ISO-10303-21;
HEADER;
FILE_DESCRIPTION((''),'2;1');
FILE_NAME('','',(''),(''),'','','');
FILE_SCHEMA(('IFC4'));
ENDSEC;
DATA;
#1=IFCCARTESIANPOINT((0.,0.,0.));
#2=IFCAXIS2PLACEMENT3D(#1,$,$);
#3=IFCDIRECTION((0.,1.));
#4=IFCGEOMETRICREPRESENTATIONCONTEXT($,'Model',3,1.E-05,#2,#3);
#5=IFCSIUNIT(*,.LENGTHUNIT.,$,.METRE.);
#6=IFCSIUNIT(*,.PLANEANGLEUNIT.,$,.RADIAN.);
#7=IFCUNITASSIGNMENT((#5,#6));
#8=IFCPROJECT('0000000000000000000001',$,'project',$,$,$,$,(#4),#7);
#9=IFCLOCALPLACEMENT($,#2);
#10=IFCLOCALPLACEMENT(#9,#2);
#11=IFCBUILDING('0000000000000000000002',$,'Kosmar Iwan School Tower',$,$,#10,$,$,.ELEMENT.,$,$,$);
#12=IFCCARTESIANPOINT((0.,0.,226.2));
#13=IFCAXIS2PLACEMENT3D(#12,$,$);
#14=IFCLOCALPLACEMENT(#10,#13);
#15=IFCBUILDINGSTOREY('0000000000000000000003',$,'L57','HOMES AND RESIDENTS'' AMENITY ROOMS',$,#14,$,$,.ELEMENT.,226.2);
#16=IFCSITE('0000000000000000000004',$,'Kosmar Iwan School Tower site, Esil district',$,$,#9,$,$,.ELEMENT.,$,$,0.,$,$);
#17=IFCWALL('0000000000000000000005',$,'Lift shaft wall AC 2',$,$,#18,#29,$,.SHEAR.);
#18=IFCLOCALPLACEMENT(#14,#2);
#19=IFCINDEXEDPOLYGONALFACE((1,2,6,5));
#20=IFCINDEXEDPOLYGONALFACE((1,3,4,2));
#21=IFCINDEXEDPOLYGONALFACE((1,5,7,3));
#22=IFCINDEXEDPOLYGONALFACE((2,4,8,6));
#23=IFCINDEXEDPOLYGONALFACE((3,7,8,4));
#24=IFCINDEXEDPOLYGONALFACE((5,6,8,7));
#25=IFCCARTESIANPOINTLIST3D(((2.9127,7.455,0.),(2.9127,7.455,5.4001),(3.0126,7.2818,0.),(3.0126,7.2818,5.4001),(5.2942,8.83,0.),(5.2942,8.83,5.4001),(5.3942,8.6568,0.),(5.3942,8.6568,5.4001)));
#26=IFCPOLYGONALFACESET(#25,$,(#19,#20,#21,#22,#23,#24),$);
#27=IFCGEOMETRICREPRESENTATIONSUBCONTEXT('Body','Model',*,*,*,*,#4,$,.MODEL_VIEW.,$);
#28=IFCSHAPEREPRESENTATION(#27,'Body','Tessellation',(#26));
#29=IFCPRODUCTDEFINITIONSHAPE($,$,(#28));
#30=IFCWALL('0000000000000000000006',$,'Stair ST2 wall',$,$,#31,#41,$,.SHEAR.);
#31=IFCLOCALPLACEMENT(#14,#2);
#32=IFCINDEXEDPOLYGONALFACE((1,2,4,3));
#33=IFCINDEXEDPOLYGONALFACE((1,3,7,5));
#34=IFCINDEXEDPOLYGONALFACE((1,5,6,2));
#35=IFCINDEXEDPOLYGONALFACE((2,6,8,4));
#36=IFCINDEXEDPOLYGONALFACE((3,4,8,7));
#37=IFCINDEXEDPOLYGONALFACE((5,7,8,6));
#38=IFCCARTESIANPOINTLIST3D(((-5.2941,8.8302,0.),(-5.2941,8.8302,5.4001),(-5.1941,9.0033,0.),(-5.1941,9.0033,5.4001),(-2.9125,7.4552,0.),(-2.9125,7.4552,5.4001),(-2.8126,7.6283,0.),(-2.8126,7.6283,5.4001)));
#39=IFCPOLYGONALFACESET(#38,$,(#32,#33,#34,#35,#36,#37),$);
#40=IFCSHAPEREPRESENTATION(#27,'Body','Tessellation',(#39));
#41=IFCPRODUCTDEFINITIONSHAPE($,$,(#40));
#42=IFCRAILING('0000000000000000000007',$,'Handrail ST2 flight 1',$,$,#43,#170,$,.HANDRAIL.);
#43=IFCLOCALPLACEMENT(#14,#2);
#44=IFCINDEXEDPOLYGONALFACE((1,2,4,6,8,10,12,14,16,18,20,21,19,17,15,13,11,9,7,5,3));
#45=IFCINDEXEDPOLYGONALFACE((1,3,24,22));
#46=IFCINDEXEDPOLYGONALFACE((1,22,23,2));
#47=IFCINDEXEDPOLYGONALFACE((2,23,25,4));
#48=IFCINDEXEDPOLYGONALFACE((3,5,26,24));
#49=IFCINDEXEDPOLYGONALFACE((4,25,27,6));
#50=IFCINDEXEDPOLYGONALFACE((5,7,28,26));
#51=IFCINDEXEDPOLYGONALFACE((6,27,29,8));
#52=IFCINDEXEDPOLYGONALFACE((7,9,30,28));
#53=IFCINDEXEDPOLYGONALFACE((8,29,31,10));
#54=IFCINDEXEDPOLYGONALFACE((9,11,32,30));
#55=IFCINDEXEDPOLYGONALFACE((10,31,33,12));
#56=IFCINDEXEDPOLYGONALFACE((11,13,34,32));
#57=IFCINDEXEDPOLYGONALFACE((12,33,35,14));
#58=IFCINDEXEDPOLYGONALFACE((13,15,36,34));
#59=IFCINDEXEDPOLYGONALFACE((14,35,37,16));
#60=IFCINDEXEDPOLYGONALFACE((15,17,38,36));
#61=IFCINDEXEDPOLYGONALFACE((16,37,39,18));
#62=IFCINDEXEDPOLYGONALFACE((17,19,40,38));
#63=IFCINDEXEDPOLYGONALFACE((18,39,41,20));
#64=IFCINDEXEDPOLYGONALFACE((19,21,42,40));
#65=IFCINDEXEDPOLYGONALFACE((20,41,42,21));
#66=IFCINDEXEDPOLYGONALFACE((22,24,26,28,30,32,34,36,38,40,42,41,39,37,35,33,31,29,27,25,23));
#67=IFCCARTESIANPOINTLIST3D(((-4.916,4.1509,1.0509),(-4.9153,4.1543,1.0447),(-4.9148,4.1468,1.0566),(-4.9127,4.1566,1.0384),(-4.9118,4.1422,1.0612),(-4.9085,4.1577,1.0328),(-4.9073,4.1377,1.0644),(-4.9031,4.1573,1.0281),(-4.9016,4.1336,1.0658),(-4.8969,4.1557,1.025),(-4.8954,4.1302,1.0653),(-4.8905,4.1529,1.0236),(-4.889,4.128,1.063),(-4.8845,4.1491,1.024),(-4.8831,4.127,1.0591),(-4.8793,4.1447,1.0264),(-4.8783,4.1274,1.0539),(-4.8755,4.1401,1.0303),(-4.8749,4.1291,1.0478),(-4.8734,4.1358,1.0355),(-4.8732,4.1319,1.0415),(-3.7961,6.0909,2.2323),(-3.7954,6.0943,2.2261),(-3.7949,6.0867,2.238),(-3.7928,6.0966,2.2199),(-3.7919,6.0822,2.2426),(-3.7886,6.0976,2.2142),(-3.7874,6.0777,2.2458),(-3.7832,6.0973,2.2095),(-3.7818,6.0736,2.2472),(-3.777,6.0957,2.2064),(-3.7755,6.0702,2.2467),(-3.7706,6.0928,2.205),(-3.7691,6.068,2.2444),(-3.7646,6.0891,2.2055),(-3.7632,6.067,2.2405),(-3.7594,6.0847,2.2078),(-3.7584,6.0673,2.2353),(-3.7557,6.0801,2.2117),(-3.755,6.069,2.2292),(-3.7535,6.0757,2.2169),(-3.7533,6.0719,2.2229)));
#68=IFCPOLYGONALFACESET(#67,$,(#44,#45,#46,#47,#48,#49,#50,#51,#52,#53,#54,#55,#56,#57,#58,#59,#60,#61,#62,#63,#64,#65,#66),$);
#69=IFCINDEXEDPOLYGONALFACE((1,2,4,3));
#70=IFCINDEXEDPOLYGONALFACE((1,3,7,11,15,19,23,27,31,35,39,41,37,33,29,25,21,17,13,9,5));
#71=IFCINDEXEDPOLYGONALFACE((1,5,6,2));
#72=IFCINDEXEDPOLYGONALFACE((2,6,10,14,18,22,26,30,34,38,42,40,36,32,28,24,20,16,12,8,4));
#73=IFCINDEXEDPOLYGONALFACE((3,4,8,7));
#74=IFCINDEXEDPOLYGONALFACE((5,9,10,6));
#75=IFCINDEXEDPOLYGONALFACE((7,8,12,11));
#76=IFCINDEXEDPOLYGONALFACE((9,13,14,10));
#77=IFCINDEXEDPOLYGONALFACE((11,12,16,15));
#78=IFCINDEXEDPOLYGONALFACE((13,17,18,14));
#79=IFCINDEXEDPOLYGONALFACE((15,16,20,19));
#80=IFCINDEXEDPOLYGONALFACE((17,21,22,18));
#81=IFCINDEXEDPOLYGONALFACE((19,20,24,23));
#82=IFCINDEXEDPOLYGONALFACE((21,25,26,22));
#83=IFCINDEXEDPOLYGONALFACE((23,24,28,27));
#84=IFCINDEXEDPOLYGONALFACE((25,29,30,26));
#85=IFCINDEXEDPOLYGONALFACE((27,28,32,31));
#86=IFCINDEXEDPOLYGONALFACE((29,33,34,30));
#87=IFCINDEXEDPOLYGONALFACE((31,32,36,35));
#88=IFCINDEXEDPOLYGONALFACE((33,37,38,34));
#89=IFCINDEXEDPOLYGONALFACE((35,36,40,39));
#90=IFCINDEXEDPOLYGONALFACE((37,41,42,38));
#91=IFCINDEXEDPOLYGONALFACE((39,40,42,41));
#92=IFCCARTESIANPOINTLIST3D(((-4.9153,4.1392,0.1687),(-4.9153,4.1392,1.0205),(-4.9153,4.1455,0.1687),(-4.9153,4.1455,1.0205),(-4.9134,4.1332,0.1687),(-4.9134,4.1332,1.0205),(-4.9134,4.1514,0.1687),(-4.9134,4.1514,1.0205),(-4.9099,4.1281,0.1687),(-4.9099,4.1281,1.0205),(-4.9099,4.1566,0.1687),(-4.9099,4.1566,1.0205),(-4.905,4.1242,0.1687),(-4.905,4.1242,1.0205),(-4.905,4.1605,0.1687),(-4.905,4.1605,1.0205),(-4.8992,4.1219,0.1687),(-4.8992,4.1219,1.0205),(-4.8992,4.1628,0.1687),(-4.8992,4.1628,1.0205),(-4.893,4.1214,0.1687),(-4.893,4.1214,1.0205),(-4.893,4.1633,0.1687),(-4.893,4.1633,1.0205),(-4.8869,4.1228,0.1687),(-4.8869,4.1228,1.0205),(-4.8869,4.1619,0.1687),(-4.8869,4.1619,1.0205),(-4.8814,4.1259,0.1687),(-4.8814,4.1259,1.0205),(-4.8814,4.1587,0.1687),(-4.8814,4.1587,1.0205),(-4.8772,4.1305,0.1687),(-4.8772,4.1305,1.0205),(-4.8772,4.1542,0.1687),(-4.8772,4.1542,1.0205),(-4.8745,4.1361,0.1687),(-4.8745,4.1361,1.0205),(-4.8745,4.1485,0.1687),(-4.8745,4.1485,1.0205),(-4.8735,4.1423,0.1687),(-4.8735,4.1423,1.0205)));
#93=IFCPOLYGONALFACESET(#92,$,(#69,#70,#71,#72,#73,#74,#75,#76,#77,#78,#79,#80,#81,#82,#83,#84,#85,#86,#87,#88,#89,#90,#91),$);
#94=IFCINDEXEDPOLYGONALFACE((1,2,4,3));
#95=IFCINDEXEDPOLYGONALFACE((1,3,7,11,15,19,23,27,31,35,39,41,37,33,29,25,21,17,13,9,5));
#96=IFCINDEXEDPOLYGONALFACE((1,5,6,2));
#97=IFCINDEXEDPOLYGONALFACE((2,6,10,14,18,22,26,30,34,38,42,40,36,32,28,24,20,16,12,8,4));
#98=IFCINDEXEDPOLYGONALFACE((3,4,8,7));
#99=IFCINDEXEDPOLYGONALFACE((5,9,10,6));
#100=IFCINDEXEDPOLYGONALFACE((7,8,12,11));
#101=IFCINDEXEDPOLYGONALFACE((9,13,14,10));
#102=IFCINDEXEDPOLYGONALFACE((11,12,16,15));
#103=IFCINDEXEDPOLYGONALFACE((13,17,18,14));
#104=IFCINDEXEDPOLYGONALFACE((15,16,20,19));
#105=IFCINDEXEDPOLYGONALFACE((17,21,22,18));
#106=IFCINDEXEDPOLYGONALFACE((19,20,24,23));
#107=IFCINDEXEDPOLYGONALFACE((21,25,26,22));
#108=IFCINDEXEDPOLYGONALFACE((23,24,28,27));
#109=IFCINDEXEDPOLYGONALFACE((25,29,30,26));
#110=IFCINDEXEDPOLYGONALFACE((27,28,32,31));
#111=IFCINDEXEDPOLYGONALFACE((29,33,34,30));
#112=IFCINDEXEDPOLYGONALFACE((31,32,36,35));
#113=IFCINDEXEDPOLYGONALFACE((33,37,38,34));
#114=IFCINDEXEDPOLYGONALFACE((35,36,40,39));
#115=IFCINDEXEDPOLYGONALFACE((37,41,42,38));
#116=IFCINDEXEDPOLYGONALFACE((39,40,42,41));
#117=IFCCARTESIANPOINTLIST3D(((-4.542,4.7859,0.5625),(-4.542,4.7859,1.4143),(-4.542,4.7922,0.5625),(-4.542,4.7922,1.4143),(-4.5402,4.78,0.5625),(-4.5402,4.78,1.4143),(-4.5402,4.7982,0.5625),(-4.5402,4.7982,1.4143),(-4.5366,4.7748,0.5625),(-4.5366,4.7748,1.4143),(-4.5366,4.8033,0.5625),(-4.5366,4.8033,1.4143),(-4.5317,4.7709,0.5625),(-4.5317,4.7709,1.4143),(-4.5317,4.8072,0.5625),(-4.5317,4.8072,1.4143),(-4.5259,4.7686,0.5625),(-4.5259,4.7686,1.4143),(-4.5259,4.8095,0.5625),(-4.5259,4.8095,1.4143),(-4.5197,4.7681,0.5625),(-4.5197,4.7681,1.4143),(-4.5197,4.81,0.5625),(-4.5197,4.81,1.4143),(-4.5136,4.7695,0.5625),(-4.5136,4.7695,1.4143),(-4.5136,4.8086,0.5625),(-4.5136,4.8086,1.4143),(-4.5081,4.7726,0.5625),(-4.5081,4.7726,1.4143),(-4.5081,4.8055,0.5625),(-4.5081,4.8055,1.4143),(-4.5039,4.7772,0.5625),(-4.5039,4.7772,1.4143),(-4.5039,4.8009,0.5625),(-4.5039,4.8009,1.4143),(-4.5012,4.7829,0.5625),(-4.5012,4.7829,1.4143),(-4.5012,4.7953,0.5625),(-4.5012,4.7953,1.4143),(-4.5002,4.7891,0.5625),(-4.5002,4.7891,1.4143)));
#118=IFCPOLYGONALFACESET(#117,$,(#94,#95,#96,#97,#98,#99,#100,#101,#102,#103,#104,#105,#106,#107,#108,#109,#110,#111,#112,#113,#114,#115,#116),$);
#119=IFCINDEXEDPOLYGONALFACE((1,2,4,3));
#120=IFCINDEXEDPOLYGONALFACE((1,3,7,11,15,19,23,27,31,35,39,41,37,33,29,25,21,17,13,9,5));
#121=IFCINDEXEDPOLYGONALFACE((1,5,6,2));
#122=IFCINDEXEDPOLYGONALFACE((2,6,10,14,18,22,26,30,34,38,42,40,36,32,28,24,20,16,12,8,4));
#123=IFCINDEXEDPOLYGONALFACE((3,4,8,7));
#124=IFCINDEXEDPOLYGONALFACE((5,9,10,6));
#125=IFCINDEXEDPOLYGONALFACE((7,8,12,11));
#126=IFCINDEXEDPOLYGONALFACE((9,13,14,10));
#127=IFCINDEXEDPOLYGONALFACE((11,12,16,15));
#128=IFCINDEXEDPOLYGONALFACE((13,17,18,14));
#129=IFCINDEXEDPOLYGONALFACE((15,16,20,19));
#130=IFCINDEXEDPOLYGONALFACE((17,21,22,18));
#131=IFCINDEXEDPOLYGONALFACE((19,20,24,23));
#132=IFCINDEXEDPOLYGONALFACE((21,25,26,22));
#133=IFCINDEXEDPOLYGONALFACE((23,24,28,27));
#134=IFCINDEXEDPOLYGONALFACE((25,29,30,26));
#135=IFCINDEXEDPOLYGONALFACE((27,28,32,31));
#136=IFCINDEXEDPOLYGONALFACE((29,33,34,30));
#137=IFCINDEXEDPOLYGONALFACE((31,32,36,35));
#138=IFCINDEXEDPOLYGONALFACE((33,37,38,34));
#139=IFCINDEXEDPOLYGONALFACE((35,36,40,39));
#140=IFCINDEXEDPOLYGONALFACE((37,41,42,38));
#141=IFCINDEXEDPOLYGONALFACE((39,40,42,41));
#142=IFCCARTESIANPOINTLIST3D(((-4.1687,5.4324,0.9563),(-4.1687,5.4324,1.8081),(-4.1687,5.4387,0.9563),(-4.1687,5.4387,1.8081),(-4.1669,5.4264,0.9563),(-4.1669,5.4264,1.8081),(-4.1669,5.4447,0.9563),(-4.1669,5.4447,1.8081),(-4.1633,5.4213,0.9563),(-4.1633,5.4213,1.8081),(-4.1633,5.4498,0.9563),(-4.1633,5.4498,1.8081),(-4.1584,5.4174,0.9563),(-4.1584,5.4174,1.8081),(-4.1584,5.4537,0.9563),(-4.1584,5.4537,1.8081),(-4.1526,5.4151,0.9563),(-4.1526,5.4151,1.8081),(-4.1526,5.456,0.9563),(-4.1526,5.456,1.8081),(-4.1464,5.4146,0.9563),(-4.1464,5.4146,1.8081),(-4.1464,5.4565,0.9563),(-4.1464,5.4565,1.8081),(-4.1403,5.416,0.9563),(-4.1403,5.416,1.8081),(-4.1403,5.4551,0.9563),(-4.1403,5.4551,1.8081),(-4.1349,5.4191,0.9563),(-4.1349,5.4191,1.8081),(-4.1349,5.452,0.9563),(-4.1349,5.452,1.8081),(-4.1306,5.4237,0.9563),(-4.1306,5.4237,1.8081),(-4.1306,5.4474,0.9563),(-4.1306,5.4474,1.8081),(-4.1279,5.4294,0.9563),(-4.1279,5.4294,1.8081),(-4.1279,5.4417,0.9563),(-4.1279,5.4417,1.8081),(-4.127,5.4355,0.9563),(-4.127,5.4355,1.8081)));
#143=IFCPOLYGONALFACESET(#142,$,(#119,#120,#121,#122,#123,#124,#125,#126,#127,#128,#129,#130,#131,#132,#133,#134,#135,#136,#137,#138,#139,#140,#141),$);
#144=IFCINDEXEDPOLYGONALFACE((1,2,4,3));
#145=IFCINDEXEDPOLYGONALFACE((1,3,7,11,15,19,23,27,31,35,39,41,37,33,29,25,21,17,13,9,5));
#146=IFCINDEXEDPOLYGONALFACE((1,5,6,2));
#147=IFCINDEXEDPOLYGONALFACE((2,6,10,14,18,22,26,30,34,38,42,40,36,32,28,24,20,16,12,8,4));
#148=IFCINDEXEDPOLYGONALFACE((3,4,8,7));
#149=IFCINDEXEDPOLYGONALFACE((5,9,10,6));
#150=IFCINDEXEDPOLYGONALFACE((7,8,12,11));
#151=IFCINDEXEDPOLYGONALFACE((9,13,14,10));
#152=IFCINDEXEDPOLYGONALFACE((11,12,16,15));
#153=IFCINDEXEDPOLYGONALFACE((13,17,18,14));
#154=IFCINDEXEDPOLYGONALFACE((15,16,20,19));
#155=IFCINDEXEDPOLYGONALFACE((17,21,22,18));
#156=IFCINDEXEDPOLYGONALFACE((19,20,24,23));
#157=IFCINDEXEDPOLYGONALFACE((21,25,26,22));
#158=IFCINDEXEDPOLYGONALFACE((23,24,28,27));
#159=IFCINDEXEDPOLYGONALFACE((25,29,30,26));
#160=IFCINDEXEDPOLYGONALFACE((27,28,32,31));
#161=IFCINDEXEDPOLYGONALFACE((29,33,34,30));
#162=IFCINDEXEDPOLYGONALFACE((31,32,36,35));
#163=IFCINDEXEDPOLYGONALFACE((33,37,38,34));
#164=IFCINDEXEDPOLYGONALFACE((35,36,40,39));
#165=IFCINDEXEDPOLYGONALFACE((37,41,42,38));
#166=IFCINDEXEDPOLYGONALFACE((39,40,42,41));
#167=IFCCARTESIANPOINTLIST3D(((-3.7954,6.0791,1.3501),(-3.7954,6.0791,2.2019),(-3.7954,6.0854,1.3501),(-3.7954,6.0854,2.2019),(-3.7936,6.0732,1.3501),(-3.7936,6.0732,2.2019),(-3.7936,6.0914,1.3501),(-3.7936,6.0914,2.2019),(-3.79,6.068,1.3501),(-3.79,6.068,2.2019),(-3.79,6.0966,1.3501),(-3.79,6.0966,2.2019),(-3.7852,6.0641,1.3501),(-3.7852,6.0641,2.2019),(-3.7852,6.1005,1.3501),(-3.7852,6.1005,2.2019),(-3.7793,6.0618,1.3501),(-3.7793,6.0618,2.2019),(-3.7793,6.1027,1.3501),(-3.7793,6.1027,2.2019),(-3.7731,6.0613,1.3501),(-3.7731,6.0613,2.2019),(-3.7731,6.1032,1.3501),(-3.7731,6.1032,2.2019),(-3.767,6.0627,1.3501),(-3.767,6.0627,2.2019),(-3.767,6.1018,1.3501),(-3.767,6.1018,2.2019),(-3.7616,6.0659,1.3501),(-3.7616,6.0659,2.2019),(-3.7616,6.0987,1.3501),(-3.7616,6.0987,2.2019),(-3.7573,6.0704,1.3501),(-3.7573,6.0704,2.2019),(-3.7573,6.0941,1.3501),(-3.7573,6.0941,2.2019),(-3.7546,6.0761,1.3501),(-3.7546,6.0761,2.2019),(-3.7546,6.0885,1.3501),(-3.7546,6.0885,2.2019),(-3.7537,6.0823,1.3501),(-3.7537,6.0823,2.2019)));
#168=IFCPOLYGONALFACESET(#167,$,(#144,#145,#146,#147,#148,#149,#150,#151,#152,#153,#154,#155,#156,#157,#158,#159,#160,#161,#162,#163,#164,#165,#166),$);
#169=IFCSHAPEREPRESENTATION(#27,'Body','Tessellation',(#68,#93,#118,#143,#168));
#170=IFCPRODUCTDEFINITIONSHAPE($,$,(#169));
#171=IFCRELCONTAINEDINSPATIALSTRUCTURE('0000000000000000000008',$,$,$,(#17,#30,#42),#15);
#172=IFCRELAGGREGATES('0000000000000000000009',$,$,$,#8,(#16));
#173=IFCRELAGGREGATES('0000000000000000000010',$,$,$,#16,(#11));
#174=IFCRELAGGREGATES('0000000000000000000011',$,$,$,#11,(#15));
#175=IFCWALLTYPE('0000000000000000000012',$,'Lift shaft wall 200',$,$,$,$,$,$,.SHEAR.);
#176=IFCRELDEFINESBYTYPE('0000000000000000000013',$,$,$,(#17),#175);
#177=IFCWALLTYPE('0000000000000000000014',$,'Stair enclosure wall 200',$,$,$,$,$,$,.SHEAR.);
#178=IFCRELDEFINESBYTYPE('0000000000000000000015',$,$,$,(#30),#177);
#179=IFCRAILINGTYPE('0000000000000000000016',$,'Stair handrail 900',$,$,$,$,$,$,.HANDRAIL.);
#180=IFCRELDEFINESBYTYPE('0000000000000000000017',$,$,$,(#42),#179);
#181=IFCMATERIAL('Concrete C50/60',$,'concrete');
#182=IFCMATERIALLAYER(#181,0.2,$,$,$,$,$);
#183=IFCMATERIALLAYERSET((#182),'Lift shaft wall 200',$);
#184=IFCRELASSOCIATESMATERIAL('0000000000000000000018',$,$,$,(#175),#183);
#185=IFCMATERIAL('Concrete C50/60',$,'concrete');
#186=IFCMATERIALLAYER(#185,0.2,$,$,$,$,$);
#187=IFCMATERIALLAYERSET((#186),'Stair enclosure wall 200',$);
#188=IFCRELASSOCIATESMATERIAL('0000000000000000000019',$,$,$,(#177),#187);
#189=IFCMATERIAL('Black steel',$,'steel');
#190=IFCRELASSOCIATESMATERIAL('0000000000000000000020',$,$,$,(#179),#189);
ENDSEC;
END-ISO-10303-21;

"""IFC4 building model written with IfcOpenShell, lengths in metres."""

from ifc_helpers import new_model, si_unit, direction, frame, frame_2d, origin, origin_2d, place, context, subcontext, project, spatial, rectangle, circle, extrude, material, layer, layer_set, type_object, element, save


model = new_model("IFC4")

# Units and contexts
model_context = context("Model", 3, precision=1e-05, world=origin(), true_north=direction((0.0, 1.0)))
body_context = subcontext(model_context, "Body", "Model", "MODEL_VIEW")
ifc_project = project(units=[si_unit("LENGTHUNIT", "METRE"), si_unit("PLANEANGLEUNIT", "RADIAN")], contexts=[model_context])

# Site, building, storey
site_placement = place(None, origin())
site = spatial("IfcSite", under=ifc_project, at=site_placement, Name="Kosmar Iwan School Tower site, Esil district", CompositionType="ELEMENT", RefElevation=0.0)
building_placement = place(site_placement, origin())
building = spatial("IfcBuilding", under=site, at=building_placement, Name="Kosmar Iwan School Tower", CompositionType="ELEMENT")
storey_placement = place(building_placement, frame((0.0, 0.0, 226.2)))
storey = spatial("IfcBuildingStorey", under=building, at=storey_placement, Name="L57", Description="HOMES AND RESIDENTS' AMENITY ROOMS", CompositionType="ELEMENT", Elevation=226.2)

# Shared definitions
ifc_material_1 = material(Name="Concrete C50/60", Category="concrete")
ifc_layer_1 = layer(ifc_material_1, 0.2)
ifc_layer_set_1 = layer_set([ifc_layer_1], Name="Lift shaft wall 200")
wall_type_1 = type_object("IfcWallType", Name="Lift shaft wall 200", PredefinedType="SHEAR", material=ifc_layer_set_1)

# Walls
wall_1_placement = place(storey_placement, frame((2.9626, 7.3684, 0.0), z_axis=(0.0, 0.0, 1.0), x_axis=(0.866027, 0.499997, 0.0)))
element("IfcWall", 1, at=wall_1_placement, inside=storey, type_object=wall_type_1, Name="Lift shaft wall AC 2", PredefinedType="SHEAR", context=body_context, shape_type="SweptSolid", body=[
    extrude(rectangle(XDim=2.75, YDim=0.2, at=frame_2d((1.375, 0.0))), origin(), (0.0, 0.0, 1.0), 5.4001),
])
ifc_material_2 = material(Name="Concrete C50/60", Category="concrete")
ifc_layer_2 = layer(ifc_material_2, 0.2)
ifc_layer_set_2 = layer_set([ifc_layer_2], Name="Stair enclosure wall 200")
wall_type_2 = type_object("IfcWallType", Name="Stair enclosure wall 200", PredefinedType="SHEAR", material=ifc_layer_set_2)
wall_2_placement = place(storey_placement, frame((-2.8625, 7.5417, 0.0), z_axis=(0.0, 0.0, 1.0), x_axis=(-0.866027, 0.499997, 0.0)))
element("IfcWall", 2, at=wall_2_placement, inside=storey, type_object=wall_type_2, Name="Stair ST2 wall", PredefinedType="SHEAR", context=body_context, shape_type="SweptSolid", body=[
    extrude(rectangle(XDim=2.75, YDim=0.2, at=frame_2d((1.375, 0.0))), origin(), (0.0, 0.0, 1.0), 5.4001),
])

# Railing
ifc_material_3 = material(Name="Black steel", Category="steel")
railing_type = type_object("IfcRailingType", Name="Stair handrail 900", PredefinedType="HANDRAIL", material=ifc_material_3)
railing_1_placement = place(storey_placement, frame((-4.8945, 4.1423, 0.1687)))
element("IfcRailing", 3, at=railing_1_placement, inside=storey, type_object=railing_type, Name="Handrail ST2 flight 1", PredefinedType="HANDRAIL", context=body_context, shape_type="SweptSolid", body=[
    extrude(circle(Radius=0.0239, at=origin_2d()), frame((0.0, 0.0, 0.876), z_axis=(0.442213, 0.76604, 0.466508), x_axis=(-0.866055, 0.499949, 0.0)), (0.0, 0.0, 1.0), 2.5325),
    extrude(circle(Radius=0.021, at=origin_2d()), origin(), (0.0, 0.0, 1.0), 0.8518),
    extrude(circle(Radius=0.021, at=origin_2d()), frame((0.3733, 0.6467, 0.3938)), (0.0, 0.0, 1.0), 0.8518),
    extrude(circle(Radius=0.021, at=origin_2d()), frame((0.7466, 1.2932, 0.7876)), (0.0, 0.0, 1.0), 0.8518),
    extrude(circle(Radius=0.021, at=origin_2d()), frame((1.1199, 1.9399, 1.1814)), (0.0, 0.0, 1.0), 0.8518),
])

save(model, "model.ifc")
